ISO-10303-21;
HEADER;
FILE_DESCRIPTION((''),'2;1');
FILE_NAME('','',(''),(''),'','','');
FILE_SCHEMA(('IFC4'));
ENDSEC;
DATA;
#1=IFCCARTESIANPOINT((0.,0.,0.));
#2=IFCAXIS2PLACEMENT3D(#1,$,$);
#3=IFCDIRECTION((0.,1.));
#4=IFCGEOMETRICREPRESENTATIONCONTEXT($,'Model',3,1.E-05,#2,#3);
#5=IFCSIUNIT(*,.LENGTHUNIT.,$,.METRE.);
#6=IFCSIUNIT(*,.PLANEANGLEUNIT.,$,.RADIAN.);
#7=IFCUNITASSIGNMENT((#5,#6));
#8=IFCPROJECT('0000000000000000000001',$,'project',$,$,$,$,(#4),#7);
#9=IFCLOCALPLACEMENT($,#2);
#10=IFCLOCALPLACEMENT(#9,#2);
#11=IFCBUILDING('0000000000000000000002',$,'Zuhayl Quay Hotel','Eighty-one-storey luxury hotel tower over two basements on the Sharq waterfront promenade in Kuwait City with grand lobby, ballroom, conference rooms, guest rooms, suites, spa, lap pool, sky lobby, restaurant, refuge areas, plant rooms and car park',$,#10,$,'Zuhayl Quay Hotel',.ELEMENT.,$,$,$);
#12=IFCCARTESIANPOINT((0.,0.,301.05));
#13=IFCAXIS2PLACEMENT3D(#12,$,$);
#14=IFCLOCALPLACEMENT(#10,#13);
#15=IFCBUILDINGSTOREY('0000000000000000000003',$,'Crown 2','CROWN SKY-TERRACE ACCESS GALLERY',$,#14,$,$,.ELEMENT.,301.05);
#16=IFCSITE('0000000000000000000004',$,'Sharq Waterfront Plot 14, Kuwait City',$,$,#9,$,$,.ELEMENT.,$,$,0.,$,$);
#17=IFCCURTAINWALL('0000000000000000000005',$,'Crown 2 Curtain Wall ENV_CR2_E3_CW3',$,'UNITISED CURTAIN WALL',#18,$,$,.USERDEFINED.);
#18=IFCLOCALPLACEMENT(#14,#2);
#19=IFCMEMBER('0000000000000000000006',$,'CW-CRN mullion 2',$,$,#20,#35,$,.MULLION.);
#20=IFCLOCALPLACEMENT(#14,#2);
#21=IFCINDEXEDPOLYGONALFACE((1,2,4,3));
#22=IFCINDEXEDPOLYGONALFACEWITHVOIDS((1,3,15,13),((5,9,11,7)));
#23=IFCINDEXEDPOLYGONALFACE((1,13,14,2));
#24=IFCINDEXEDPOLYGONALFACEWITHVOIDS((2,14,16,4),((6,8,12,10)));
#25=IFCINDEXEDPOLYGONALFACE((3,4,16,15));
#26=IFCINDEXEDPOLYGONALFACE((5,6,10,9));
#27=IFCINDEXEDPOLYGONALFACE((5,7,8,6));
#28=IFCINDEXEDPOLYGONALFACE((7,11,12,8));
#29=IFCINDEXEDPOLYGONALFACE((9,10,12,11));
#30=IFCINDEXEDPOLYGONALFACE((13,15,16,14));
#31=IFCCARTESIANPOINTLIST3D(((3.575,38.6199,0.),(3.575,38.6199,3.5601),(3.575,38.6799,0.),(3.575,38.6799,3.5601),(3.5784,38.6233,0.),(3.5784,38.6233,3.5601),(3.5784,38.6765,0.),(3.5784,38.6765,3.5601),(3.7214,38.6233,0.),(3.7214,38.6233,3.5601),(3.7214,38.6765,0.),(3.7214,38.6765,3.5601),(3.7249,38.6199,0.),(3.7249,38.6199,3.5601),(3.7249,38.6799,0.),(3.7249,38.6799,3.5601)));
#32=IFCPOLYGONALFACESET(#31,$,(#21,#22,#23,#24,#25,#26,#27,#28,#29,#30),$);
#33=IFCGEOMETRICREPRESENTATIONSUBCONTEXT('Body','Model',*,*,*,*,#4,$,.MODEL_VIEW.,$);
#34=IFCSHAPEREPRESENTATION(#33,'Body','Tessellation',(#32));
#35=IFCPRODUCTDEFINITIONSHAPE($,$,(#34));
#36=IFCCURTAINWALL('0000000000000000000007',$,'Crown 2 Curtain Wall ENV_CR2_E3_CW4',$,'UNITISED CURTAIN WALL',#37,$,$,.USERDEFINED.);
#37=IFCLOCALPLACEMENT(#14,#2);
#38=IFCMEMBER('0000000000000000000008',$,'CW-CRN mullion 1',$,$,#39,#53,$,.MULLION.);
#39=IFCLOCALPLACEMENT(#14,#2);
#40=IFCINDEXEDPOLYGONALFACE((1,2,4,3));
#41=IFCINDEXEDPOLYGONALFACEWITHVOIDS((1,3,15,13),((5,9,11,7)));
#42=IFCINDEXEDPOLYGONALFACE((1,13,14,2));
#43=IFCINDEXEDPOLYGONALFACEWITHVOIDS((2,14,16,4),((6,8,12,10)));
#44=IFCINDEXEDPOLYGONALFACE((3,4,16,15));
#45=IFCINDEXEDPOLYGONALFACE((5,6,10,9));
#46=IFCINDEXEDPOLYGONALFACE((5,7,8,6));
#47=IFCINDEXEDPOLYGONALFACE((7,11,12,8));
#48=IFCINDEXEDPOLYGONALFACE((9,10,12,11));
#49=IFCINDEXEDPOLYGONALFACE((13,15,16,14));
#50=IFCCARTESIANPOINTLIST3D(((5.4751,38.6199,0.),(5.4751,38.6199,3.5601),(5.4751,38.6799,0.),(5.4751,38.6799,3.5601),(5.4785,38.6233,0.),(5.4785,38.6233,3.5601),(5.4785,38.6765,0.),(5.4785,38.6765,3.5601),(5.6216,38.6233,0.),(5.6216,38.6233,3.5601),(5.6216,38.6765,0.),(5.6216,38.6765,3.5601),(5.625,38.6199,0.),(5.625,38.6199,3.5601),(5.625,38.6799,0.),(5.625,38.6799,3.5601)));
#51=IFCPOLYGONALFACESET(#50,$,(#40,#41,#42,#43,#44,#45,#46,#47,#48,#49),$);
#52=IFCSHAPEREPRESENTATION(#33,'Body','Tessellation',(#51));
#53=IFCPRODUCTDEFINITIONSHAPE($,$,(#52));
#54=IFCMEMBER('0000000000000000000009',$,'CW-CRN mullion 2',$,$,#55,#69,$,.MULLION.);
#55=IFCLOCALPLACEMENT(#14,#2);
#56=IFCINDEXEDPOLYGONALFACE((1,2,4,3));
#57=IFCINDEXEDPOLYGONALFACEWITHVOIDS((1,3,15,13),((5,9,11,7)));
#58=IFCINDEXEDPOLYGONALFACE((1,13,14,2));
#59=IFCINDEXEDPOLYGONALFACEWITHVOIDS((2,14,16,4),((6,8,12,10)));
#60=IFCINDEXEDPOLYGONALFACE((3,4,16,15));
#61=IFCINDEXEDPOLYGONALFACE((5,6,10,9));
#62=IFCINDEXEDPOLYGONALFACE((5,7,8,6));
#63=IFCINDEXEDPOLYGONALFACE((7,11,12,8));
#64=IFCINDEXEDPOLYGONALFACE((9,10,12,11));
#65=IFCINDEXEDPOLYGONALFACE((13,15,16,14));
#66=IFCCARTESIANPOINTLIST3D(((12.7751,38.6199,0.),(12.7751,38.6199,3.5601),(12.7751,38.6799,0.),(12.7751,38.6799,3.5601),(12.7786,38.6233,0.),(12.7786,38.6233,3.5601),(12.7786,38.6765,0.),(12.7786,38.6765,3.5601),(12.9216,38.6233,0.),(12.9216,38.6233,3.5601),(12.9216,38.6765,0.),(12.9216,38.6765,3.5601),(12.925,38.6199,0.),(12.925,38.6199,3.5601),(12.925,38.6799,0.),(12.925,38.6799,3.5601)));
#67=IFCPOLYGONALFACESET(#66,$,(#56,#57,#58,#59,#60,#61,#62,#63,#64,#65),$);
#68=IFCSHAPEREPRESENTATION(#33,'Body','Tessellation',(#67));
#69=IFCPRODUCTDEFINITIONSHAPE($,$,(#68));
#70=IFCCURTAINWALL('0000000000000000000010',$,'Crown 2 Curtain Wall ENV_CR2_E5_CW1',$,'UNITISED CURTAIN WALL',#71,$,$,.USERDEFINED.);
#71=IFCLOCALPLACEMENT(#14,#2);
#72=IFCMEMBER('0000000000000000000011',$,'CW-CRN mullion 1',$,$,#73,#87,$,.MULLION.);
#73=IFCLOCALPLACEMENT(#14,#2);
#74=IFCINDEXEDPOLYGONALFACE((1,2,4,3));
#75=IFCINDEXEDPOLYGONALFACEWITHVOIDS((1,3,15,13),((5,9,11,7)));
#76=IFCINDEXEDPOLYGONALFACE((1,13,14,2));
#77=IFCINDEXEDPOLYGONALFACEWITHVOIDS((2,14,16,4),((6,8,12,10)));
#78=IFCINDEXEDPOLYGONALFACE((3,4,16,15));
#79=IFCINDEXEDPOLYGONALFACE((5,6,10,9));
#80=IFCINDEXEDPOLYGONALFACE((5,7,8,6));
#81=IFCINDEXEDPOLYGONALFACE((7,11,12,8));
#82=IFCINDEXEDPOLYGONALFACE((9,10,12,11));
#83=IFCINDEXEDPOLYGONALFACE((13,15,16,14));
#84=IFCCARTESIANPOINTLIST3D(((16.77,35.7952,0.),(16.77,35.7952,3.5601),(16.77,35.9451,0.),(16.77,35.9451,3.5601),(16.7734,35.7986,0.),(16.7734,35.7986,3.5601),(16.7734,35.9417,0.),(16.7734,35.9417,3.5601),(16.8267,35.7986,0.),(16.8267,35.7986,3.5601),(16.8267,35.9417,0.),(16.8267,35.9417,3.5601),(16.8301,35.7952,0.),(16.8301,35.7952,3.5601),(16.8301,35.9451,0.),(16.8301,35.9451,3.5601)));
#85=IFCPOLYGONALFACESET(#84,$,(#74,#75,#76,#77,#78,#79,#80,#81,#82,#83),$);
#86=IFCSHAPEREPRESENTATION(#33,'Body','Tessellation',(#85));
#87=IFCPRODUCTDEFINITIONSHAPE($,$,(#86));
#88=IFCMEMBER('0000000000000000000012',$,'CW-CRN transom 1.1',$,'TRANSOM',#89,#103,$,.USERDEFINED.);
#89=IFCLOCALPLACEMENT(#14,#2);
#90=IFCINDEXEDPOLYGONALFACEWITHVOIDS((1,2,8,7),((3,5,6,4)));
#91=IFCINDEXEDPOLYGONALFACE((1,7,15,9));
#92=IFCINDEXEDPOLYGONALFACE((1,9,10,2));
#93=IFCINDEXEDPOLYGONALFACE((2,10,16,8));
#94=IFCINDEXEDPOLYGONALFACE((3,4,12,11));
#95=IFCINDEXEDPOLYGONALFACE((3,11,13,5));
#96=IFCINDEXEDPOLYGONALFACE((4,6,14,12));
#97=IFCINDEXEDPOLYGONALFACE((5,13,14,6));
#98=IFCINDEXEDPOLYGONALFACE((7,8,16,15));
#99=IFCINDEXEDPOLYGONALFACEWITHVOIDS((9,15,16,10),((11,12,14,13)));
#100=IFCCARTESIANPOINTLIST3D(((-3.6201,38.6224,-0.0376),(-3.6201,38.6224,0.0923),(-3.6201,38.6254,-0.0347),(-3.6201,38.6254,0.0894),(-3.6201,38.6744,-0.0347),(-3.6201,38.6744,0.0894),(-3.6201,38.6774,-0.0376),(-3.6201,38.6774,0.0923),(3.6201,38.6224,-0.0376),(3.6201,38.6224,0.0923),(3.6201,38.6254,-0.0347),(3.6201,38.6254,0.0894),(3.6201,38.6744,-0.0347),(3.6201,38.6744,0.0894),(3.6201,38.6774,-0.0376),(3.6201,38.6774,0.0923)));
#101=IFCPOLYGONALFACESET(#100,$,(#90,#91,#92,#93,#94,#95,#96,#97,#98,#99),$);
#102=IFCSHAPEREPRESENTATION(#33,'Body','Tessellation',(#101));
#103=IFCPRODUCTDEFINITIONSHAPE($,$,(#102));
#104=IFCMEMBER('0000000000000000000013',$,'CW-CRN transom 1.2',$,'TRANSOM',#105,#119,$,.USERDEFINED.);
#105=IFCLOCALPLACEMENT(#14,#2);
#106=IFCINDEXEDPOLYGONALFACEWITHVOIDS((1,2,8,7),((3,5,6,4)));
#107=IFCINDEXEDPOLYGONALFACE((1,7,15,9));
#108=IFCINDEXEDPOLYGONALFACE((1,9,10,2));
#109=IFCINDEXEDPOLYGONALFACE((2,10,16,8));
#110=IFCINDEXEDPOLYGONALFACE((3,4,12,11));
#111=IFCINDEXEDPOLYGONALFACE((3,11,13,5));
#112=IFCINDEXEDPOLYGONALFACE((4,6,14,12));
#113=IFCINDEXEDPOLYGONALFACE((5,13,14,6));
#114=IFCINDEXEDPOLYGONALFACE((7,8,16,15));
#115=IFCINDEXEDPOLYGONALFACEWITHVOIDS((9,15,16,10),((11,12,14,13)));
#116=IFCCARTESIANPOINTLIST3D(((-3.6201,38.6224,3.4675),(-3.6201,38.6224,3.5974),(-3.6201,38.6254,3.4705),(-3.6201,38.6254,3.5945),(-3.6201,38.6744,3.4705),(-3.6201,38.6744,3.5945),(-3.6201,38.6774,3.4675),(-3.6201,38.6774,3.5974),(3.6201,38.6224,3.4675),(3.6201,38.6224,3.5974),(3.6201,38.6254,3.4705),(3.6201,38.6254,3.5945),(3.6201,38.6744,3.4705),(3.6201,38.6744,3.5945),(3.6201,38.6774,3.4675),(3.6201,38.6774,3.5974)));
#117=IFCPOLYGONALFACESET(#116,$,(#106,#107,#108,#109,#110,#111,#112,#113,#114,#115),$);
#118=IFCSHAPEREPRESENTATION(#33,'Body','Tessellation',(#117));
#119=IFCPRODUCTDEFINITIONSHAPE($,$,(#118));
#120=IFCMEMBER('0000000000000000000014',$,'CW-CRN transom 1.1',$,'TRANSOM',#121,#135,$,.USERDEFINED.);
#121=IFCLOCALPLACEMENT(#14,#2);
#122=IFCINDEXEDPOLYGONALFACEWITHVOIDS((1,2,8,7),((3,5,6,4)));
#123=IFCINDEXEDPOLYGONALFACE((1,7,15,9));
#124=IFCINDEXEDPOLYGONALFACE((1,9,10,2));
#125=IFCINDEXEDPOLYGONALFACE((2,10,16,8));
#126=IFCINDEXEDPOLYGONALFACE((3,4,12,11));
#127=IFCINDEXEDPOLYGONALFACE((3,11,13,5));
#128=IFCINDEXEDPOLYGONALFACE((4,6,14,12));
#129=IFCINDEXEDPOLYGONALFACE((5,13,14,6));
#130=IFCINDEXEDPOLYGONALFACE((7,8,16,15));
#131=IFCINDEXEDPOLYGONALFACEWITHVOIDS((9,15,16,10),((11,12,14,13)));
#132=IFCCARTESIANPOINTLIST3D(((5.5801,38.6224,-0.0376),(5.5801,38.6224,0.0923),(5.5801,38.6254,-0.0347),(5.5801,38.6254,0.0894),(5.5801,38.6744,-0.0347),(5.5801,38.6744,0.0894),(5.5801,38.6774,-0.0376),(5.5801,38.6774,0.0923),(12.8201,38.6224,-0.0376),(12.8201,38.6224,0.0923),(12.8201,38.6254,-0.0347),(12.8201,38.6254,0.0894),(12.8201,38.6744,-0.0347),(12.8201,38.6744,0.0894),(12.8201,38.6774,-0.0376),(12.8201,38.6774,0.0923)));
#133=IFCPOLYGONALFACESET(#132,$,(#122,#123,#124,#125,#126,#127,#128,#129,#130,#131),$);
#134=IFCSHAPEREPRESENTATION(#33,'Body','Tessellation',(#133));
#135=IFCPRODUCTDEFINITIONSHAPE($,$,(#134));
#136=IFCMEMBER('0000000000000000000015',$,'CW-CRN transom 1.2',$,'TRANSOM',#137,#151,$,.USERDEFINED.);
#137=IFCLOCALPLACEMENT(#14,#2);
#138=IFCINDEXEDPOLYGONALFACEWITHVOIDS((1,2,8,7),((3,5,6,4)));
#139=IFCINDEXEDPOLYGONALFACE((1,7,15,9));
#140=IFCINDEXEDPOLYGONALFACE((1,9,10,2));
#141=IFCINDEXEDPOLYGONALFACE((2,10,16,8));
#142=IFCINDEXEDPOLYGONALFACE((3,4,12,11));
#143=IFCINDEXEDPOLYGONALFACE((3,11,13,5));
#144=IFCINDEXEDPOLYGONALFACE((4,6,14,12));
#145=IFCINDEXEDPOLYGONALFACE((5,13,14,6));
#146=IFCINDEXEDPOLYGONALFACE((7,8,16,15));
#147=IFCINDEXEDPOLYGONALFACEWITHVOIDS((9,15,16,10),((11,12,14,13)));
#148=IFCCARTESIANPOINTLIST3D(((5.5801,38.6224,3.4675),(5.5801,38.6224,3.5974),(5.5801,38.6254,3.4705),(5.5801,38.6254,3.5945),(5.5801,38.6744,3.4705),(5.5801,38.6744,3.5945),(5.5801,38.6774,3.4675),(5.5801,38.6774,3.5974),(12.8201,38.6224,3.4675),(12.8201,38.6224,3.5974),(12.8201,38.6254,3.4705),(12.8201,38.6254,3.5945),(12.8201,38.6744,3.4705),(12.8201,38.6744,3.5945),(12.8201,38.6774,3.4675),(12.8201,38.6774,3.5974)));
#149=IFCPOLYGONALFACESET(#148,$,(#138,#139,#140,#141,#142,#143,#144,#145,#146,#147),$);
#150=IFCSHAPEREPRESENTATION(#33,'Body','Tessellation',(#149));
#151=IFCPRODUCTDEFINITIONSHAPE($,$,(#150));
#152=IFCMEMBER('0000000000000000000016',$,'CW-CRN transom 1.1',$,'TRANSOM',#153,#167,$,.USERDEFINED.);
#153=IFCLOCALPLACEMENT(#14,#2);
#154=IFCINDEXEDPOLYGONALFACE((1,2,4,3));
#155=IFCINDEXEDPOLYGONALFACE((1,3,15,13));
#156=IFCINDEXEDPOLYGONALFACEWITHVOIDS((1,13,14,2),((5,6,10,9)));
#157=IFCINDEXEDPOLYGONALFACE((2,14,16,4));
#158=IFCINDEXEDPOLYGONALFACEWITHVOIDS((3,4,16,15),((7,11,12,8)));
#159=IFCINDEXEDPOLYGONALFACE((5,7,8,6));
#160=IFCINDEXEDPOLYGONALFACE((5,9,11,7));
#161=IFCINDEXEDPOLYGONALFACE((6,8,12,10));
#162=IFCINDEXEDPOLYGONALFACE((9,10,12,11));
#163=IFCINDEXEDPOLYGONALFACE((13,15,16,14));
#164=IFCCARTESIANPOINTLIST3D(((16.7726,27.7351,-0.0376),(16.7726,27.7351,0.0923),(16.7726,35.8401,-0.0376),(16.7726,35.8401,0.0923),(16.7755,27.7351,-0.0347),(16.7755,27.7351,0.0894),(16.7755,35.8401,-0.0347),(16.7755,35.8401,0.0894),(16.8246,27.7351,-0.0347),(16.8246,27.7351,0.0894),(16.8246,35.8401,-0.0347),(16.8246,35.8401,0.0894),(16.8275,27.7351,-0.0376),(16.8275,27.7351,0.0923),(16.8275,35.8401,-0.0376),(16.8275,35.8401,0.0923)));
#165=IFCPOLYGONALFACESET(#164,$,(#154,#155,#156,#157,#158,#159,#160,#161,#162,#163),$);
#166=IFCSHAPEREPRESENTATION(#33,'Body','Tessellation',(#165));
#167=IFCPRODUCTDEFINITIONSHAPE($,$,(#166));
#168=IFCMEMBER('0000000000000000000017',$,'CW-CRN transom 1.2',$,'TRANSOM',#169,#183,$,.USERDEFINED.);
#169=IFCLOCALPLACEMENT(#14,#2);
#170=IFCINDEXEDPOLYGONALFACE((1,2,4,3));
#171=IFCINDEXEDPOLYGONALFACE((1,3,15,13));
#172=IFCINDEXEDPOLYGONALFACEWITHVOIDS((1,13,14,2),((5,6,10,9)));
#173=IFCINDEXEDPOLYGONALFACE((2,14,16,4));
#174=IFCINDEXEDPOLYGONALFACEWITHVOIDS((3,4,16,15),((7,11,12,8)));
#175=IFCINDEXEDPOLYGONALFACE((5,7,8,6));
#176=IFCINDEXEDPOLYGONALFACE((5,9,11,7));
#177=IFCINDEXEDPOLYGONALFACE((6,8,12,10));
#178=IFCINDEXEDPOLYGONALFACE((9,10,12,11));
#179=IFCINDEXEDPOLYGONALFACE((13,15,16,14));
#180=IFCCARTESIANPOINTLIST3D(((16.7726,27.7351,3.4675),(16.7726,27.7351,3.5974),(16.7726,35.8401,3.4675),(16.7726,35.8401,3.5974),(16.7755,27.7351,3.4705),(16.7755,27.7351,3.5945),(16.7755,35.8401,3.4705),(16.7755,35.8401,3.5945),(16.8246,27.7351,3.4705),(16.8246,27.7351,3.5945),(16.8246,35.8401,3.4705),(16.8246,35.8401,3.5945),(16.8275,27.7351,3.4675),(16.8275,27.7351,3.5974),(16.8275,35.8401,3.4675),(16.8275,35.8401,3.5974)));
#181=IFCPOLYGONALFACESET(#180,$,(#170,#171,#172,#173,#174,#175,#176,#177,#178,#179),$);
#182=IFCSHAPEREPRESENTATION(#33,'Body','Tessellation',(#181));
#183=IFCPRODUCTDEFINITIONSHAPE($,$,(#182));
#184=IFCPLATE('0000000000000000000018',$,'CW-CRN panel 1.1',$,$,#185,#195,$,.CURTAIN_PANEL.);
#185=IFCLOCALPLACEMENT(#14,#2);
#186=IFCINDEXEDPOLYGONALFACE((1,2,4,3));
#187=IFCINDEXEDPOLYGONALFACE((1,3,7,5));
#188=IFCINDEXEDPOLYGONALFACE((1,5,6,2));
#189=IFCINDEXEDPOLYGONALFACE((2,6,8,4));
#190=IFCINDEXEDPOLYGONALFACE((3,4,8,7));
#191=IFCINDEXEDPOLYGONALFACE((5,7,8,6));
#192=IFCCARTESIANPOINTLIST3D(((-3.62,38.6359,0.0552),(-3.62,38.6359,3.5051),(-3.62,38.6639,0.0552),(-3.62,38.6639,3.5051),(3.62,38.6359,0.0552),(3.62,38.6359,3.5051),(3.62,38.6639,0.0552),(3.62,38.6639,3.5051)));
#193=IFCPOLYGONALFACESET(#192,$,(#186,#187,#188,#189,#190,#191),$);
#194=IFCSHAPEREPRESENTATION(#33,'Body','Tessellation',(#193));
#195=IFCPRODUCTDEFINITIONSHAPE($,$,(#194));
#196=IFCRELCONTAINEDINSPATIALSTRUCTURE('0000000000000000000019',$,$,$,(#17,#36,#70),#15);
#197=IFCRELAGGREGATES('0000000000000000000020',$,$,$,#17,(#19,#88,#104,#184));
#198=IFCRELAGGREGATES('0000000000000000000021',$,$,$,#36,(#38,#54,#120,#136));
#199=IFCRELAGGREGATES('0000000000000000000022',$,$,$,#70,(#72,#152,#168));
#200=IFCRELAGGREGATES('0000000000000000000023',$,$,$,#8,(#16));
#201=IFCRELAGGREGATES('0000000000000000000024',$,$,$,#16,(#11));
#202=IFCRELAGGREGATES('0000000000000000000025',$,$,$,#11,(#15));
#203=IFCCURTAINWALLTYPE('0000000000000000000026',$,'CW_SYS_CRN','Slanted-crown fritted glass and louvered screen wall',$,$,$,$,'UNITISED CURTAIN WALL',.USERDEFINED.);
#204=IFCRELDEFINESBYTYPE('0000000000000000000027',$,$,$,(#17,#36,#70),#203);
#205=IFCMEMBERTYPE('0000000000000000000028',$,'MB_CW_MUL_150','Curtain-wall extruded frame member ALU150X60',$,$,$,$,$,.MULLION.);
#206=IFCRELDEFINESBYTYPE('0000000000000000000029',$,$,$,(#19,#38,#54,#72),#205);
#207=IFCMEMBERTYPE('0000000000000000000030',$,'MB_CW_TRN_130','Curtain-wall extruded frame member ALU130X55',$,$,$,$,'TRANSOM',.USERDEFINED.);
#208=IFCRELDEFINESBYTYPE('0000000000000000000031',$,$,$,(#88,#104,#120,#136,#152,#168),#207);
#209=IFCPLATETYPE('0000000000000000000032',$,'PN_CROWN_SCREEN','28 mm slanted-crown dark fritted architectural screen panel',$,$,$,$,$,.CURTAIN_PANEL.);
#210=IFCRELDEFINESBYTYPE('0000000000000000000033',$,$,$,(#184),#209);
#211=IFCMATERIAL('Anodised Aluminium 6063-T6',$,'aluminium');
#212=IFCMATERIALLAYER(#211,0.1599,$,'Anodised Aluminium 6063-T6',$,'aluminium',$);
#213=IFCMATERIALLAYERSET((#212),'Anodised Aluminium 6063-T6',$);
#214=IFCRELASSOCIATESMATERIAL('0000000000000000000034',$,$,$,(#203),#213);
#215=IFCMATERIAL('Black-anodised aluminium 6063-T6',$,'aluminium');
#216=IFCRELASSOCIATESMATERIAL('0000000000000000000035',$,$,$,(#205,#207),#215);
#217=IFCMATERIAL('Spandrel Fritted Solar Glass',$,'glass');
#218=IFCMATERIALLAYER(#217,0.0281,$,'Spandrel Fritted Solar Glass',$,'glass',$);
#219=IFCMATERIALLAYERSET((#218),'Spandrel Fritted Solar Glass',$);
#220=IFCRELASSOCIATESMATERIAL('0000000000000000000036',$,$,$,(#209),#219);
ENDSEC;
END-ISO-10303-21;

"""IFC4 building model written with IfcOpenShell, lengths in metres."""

from ifc_helpers import new_model, si_unit, direction, frame, origin, origin_2d, place, context, subcontext, project, spatial, rectangle, hollow_rectangle, extrude, material, layer, layer_set, material_profile, profile_set, type_object, element, aggregate, save


model = new_model("IFC4")

# Units and contexts
model_context = context("Model", 3, precision=1e-05, world=origin(), true_north=direction((0.0, 1.0)))
body_context = subcontext(model_context, "Body", "Model", "MODEL_VIEW")
ifc_project = project(units=[si_unit("LENGTHUNIT", "METRE"), si_unit("PLANEANGLEUNIT", "RADIAN")], contexts=[model_context])

# Site, building, storey
site_placement = place(None, origin())
site = spatial("IfcSite", under=ifc_project, at=site_placement, Name="Sharq Waterfront Plot 14, Kuwait City", CompositionType="ELEMENT", RefElevation=0.0)
building_placement = place(site_placement, origin())
building = spatial("IfcBuilding", under=site, at=building_placement, Name="Zuhayl Quay Hotel", Description="Eighty-one-storey luxury hotel tower over two basements on the Sharq waterfront promenade in Kuwait City with grand lobby, ballroom, conference rooms, guest rooms, suites, spa, lap pool, sky lobby, restaurant, refuge areas, plant rooms and car park", LongName="Zuhayl Quay Hotel", CompositionType="ELEMENT")
storey_placement = place(building_placement, frame((0.0, 0.0, 301.05)))
storey = spatial("IfcBuildingStorey", under=building, at=storey_placement, Name="Crown 2", Description="CROWN SKY-TERRACE ACCESS GALLERY", CompositionType="ELEMENT", Elevation=301.05)

# Curtain walls, members
ifc_material_1 = material(Name="Anodised Aluminium 6063-T6", Category="aluminium")
ifc_layer_1 = layer(ifc_material_1, 0.1599, Name="Anodised Aluminium 6063-T6", Category="aluminium")
ifc_layer_set_1 = layer_set([ifc_layer_1], Name="Anodised Aluminium 6063-T6")
curtain_wall_type = type_object("IfcCurtainWallType", Name="CW_SYS_CRN", Description="Slanted-crown fritted glass and louvered screen wall", ElementType="UNITISED CURTAIN WALL", PredefinedType="USERDEFINED", material=ifc_layer_set_1)
curtain_wall_1_placement = place(storey_placement, origin())
curtain_wall_1 = element("IfcCurtainWall", 1, at=curtain_wall_1_placement, inside=storey, type_object=curtain_wall_type, Name="Crown 2 Curtain Wall ENV_CR2_E3_CW3", ObjectType="UNITISED CURTAIN WALL", PredefinedType="USERDEFINED")
ifc_material_2 = material(Name="Black-anodised aluminium 6063-T6", Category="aluminium")
ifc_material_profile_1 = material_profile(ifc_material_2, hollow_rectangle(XDim=0.0601, YDim=0.1499, WallThickness=0.0034, at=origin_2d()), Name="ALU150X60")
ifc_profile_set_1 = profile_set([ifc_material_profile_1], Name="Black-anodised aluminium 6063-T6")
member_type_1 = type_object("IfcMemberType", Name="MB_CW_MUL_150", Description="Curtain-wall extruded frame member ALU150X60", PredefinedType="MULLION", material=ifc_profile_set_1)
member_1_placement = place(storey_placement, frame((3.6499, 38.6499, 0.0), z_axis=(0.0, 0.0, 1.0), x_axis=(0.0, 1.0, 0.0)))
member_1 = element("IfcMember", 2, at=member_1_placement, type_object=member_type_1, Name="CW-CRN mullion 2", PredefinedType="MULLION", context=body_context, shape_type="SweptSolid", body=[
    extrude(hollow_rectangle(XDim=0.0601, YDim=0.1499, WallThickness=0.0034, at=origin_2d()), origin(), (0.0, 0.0, 1.0), 3.5601),
])
curtain_wall_2_placement = place(storey_placement, origin())
curtain_wall_2 = element("IfcCurtainWall", 3, at=curtain_wall_2_placement, inside=storey, type_object=curtain_wall_type, Name="Crown 2 Curtain Wall ENV_CR2_E3_CW4", ObjectType="UNITISED CURTAIN WALL", PredefinedType="USERDEFINED")
member_2_placement = place(storey_placement, frame((5.55, 38.6499, 0.0), z_axis=(0.0, 0.0, 1.0), x_axis=(0.0, 1.0, 0.0)))
member_2 = element("IfcMember", 4, at=member_2_placement, type_object=member_type_1, Name="CW-CRN mullion 1", PredefinedType="MULLION", context=body_context, shape_type="SweptSolid", body=[
    extrude(hollow_rectangle(XDim=0.0601, YDim=0.1499, WallThickness=0.0034, at=origin_2d()), origin(), (0.0, 0.0, 1.0), 3.5601),
])
member_3_placement = place(storey_placement, frame((12.8501, 38.6499, 0.0), z_axis=(0.0, 0.0, 1.0), x_axis=(0.0, 1.0, 0.0)))
member_3 = element("IfcMember", 5, at=member_3_placement, type_object=member_type_1, Name="CW-CRN mullion 2", PredefinedType="MULLION", context=body_context, shape_type="SweptSolid", body=[
    extrude(hollow_rectangle(XDim=0.0601, YDim=0.1499, WallThickness=0.0034, at=origin_2d()), origin(), (0.0, 0.0, 1.0), 3.5601),
])

# Curtain wall, member
curtain_wall_3_placement = place(storey_placement, origin())
curtain_wall_3 = element("IfcCurtainWall", 6, at=curtain_wall_3_placement, inside=storey, type_object=curtain_wall_type, Name="Crown 2 Curtain Wall ENV_CR2_E5_CW1", ObjectType="UNITISED CURTAIN WALL", PredefinedType="USERDEFINED")
member_4_placement = place(storey_placement, frame((16.8, 35.8701, 0.0), z_axis=(0.0, 0.0, 1.0), x_axis=(1.0, 0.0, 0.0)))
member_4 = element("IfcMember", 7, at=member_4_placement, type_object=member_type_1, Name="CW-CRN mullion 1", PredefinedType="MULLION", context=body_context, shape_type="SweptSolid", body=[
    extrude(hollow_rectangle(XDim=0.0601, YDim=0.1499, WallThickness=0.0034, at=origin_2d()), origin(), (0.0, 0.0, 1.0), 3.5601),
])

# Members
ifc_material_profile_2 = material_profile(ifc_material_2, hollow_rectangle(XDim=0.0549, YDim=0.1299, WallThickness=0.0029, at=origin_2d()), Name="ALU130X55")
ifc_profile_set_2 = profile_set([ifc_material_profile_2], Name="Black-anodised aluminium 6063-T6")
member_type_2 = type_object("IfcMemberType", Name="MB_CW_TRN_130", Description="Curtain-wall extruded frame member ALU130X55", ElementType="TRANSOM", PredefinedType="USERDEFINED", material=ifc_profile_set_2)
member_5_placement = place(storey_placement, frame((-3.6201, 38.6499, 0.0273), z_axis=(1.0, 0.0, 0.0), x_axis=(0.0, 1.0, 0.0)))
member_5 = element("IfcMember", 8, at=member_5_placement, type_object=member_type_2, Name="CW-CRN transom 1.1", ObjectType="TRANSOM", PredefinedType="USERDEFINED", context=body_context, shape_type="SweptSolid", body=[
    extrude(hollow_rectangle(XDim=0.0549, YDim=0.1299, WallThickness=0.0029, at=origin_2d()), origin(), (0.0, 0.0, 1.0), 7.2402),
])
member_6_placement = place(storey_placement, frame((-3.6201, 38.6499, 3.5325), z_axis=(1.0, 0.0, 0.0), x_axis=(0.0, 1.0, 0.0)))
member_6 = element("IfcMember", 9, at=member_6_placement, type_object=member_type_2, Name="CW-CRN transom 1.2", ObjectType="TRANSOM", PredefinedType="USERDEFINED", context=body_context, shape_type="SweptSolid", body=[
    extrude(hollow_rectangle(XDim=0.0549, YDim=0.1299, WallThickness=0.0029, at=origin_2d()), origin(), (0.0, 0.0, 1.0), 7.2402),
])
member_7_placement = place(storey_placement, frame((5.5801, 38.6499, 0.0273), z_axis=(1.0, 0.0, 0.0), x_axis=(0.0, 1.0, 0.0)))
member_7 = element("IfcMember", 10, at=member_7_placement, type_object=member_type_2, Name="CW-CRN transom 1.1", ObjectType="TRANSOM", PredefinedType="USERDEFINED", context=body_context, shape_type="SweptSolid", body=[
    extrude(hollow_rectangle(XDim=0.0549, YDim=0.1299, WallThickness=0.0029, at=origin_2d()), origin(), (0.0, 0.0, 1.0), 7.24),
])
member_8_placement = place(storey_placement, frame((5.5801, 38.6499, 3.5325), z_axis=(1.0, 0.0, 0.0), x_axis=(0.0, 1.0, 0.0)))
member_8 = element("IfcMember", 11, at=member_8_placement, type_object=member_type_2, Name="CW-CRN transom 1.2", ObjectType="TRANSOM", PredefinedType="USERDEFINED", context=body_context, shape_type="SweptSolid", body=[
    extrude(hollow_rectangle(XDim=0.0549, YDim=0.1299, WallThickness=0.0029, at=origin_2d()), origin(), (0.0, 0.0, 1.0), 7.24),
])
member_9_placement = place(storey_placement, frame((16.8, 35.8401, 0.0273), z_axis=(0.0, -1.0, 0.0), x_axis=(1.0, 0.0, 0.0)))
member_9 = element("IfcMember", 12, at=member_9_placement, type_object=member_type_2, Name="CW-CRN transom 1.1", ObjectType="TRANSOM", PredefinedType="USERDEFINED", context=body_context, shape_type="SweptSolid", body=[
    extrude(hollow_rectangle(XDim=0.0549, YDim=0.1299, WallThickness=0.0029, at=origin_2d()), origin(), (0.0, 0.0, 1.0), 8.105),
])
member_10_placement = place(storey_placement, frame((16.8, 35.8401, 3.5325), z_axis=(0.0, -1.0, 0.0), x_axis=(1.0, 0.0, 0.0)))
member_10 = element("IfcMember", 13, at=member_10_placement, type_object=member_type_2, Name="CW-CRN transom 1.2", ObjectType="TRANSOM", PredefinedType="USERDEFINED", context=body_context, shape_type="SweptSolid", body=[
    extrude(hollow_rectangle(XDim=0.0549, YDim=0.1299, WallThickness=0.0029, at=origin_2d()), origin(), (0.0, 0.0, 1.0), 8.105),
])

# Plate
ifc_material_3 = material(Name="Spandrel Fritted Solar Glass", Category="glass")
ifc_layer_2 = layer(ifc_material_3, 0.0281, Name="Spandrel Fritted Solar Glass", Category="glass")
ifc_layer_set_2 = layer_set([ifc_layer_2], Name="Spandrel Fritted Solar Glass")
plate_type = type_object("IfcPlateType", Name="PN_CROWN_SCREEN", Description="28 mm slanted-crown dark fritted architectural screen panel", PredefinedType="CURTAIN_PANEL", material=ifc_layer_set_2)
plate_1_placement = place(storey_placement, frame((0.0, 38.6499, 0.0552), z_axis=(0.0, 0.0, 1.0), x_axis=(1.0, 0.0, 0.0)))
plate_1 = element("IfcPlate", 14, at=plate_1_placement, type_object=plate_type, Name="CW-CRN panel 1.1", PredefinedType="CURTAIN_PANEL", context=body_context, shape_type="SweptSolid", body=[
    extrude(rectangle(XDim=7.24, YDim=0.0281, at=origin_2d()), origin(), (0.0, 0.0, 1.0), 3.45),
])
aggregate(curtain_wall_1, [member_1, member_5, member_6, plate_1])
aggregate(curtain_wall_2, [member_2, member_3, member_7, member_8])
aggregate(curtain_wall_3, [member_4, member_9, member_10])

save(model, "model.ifc")
